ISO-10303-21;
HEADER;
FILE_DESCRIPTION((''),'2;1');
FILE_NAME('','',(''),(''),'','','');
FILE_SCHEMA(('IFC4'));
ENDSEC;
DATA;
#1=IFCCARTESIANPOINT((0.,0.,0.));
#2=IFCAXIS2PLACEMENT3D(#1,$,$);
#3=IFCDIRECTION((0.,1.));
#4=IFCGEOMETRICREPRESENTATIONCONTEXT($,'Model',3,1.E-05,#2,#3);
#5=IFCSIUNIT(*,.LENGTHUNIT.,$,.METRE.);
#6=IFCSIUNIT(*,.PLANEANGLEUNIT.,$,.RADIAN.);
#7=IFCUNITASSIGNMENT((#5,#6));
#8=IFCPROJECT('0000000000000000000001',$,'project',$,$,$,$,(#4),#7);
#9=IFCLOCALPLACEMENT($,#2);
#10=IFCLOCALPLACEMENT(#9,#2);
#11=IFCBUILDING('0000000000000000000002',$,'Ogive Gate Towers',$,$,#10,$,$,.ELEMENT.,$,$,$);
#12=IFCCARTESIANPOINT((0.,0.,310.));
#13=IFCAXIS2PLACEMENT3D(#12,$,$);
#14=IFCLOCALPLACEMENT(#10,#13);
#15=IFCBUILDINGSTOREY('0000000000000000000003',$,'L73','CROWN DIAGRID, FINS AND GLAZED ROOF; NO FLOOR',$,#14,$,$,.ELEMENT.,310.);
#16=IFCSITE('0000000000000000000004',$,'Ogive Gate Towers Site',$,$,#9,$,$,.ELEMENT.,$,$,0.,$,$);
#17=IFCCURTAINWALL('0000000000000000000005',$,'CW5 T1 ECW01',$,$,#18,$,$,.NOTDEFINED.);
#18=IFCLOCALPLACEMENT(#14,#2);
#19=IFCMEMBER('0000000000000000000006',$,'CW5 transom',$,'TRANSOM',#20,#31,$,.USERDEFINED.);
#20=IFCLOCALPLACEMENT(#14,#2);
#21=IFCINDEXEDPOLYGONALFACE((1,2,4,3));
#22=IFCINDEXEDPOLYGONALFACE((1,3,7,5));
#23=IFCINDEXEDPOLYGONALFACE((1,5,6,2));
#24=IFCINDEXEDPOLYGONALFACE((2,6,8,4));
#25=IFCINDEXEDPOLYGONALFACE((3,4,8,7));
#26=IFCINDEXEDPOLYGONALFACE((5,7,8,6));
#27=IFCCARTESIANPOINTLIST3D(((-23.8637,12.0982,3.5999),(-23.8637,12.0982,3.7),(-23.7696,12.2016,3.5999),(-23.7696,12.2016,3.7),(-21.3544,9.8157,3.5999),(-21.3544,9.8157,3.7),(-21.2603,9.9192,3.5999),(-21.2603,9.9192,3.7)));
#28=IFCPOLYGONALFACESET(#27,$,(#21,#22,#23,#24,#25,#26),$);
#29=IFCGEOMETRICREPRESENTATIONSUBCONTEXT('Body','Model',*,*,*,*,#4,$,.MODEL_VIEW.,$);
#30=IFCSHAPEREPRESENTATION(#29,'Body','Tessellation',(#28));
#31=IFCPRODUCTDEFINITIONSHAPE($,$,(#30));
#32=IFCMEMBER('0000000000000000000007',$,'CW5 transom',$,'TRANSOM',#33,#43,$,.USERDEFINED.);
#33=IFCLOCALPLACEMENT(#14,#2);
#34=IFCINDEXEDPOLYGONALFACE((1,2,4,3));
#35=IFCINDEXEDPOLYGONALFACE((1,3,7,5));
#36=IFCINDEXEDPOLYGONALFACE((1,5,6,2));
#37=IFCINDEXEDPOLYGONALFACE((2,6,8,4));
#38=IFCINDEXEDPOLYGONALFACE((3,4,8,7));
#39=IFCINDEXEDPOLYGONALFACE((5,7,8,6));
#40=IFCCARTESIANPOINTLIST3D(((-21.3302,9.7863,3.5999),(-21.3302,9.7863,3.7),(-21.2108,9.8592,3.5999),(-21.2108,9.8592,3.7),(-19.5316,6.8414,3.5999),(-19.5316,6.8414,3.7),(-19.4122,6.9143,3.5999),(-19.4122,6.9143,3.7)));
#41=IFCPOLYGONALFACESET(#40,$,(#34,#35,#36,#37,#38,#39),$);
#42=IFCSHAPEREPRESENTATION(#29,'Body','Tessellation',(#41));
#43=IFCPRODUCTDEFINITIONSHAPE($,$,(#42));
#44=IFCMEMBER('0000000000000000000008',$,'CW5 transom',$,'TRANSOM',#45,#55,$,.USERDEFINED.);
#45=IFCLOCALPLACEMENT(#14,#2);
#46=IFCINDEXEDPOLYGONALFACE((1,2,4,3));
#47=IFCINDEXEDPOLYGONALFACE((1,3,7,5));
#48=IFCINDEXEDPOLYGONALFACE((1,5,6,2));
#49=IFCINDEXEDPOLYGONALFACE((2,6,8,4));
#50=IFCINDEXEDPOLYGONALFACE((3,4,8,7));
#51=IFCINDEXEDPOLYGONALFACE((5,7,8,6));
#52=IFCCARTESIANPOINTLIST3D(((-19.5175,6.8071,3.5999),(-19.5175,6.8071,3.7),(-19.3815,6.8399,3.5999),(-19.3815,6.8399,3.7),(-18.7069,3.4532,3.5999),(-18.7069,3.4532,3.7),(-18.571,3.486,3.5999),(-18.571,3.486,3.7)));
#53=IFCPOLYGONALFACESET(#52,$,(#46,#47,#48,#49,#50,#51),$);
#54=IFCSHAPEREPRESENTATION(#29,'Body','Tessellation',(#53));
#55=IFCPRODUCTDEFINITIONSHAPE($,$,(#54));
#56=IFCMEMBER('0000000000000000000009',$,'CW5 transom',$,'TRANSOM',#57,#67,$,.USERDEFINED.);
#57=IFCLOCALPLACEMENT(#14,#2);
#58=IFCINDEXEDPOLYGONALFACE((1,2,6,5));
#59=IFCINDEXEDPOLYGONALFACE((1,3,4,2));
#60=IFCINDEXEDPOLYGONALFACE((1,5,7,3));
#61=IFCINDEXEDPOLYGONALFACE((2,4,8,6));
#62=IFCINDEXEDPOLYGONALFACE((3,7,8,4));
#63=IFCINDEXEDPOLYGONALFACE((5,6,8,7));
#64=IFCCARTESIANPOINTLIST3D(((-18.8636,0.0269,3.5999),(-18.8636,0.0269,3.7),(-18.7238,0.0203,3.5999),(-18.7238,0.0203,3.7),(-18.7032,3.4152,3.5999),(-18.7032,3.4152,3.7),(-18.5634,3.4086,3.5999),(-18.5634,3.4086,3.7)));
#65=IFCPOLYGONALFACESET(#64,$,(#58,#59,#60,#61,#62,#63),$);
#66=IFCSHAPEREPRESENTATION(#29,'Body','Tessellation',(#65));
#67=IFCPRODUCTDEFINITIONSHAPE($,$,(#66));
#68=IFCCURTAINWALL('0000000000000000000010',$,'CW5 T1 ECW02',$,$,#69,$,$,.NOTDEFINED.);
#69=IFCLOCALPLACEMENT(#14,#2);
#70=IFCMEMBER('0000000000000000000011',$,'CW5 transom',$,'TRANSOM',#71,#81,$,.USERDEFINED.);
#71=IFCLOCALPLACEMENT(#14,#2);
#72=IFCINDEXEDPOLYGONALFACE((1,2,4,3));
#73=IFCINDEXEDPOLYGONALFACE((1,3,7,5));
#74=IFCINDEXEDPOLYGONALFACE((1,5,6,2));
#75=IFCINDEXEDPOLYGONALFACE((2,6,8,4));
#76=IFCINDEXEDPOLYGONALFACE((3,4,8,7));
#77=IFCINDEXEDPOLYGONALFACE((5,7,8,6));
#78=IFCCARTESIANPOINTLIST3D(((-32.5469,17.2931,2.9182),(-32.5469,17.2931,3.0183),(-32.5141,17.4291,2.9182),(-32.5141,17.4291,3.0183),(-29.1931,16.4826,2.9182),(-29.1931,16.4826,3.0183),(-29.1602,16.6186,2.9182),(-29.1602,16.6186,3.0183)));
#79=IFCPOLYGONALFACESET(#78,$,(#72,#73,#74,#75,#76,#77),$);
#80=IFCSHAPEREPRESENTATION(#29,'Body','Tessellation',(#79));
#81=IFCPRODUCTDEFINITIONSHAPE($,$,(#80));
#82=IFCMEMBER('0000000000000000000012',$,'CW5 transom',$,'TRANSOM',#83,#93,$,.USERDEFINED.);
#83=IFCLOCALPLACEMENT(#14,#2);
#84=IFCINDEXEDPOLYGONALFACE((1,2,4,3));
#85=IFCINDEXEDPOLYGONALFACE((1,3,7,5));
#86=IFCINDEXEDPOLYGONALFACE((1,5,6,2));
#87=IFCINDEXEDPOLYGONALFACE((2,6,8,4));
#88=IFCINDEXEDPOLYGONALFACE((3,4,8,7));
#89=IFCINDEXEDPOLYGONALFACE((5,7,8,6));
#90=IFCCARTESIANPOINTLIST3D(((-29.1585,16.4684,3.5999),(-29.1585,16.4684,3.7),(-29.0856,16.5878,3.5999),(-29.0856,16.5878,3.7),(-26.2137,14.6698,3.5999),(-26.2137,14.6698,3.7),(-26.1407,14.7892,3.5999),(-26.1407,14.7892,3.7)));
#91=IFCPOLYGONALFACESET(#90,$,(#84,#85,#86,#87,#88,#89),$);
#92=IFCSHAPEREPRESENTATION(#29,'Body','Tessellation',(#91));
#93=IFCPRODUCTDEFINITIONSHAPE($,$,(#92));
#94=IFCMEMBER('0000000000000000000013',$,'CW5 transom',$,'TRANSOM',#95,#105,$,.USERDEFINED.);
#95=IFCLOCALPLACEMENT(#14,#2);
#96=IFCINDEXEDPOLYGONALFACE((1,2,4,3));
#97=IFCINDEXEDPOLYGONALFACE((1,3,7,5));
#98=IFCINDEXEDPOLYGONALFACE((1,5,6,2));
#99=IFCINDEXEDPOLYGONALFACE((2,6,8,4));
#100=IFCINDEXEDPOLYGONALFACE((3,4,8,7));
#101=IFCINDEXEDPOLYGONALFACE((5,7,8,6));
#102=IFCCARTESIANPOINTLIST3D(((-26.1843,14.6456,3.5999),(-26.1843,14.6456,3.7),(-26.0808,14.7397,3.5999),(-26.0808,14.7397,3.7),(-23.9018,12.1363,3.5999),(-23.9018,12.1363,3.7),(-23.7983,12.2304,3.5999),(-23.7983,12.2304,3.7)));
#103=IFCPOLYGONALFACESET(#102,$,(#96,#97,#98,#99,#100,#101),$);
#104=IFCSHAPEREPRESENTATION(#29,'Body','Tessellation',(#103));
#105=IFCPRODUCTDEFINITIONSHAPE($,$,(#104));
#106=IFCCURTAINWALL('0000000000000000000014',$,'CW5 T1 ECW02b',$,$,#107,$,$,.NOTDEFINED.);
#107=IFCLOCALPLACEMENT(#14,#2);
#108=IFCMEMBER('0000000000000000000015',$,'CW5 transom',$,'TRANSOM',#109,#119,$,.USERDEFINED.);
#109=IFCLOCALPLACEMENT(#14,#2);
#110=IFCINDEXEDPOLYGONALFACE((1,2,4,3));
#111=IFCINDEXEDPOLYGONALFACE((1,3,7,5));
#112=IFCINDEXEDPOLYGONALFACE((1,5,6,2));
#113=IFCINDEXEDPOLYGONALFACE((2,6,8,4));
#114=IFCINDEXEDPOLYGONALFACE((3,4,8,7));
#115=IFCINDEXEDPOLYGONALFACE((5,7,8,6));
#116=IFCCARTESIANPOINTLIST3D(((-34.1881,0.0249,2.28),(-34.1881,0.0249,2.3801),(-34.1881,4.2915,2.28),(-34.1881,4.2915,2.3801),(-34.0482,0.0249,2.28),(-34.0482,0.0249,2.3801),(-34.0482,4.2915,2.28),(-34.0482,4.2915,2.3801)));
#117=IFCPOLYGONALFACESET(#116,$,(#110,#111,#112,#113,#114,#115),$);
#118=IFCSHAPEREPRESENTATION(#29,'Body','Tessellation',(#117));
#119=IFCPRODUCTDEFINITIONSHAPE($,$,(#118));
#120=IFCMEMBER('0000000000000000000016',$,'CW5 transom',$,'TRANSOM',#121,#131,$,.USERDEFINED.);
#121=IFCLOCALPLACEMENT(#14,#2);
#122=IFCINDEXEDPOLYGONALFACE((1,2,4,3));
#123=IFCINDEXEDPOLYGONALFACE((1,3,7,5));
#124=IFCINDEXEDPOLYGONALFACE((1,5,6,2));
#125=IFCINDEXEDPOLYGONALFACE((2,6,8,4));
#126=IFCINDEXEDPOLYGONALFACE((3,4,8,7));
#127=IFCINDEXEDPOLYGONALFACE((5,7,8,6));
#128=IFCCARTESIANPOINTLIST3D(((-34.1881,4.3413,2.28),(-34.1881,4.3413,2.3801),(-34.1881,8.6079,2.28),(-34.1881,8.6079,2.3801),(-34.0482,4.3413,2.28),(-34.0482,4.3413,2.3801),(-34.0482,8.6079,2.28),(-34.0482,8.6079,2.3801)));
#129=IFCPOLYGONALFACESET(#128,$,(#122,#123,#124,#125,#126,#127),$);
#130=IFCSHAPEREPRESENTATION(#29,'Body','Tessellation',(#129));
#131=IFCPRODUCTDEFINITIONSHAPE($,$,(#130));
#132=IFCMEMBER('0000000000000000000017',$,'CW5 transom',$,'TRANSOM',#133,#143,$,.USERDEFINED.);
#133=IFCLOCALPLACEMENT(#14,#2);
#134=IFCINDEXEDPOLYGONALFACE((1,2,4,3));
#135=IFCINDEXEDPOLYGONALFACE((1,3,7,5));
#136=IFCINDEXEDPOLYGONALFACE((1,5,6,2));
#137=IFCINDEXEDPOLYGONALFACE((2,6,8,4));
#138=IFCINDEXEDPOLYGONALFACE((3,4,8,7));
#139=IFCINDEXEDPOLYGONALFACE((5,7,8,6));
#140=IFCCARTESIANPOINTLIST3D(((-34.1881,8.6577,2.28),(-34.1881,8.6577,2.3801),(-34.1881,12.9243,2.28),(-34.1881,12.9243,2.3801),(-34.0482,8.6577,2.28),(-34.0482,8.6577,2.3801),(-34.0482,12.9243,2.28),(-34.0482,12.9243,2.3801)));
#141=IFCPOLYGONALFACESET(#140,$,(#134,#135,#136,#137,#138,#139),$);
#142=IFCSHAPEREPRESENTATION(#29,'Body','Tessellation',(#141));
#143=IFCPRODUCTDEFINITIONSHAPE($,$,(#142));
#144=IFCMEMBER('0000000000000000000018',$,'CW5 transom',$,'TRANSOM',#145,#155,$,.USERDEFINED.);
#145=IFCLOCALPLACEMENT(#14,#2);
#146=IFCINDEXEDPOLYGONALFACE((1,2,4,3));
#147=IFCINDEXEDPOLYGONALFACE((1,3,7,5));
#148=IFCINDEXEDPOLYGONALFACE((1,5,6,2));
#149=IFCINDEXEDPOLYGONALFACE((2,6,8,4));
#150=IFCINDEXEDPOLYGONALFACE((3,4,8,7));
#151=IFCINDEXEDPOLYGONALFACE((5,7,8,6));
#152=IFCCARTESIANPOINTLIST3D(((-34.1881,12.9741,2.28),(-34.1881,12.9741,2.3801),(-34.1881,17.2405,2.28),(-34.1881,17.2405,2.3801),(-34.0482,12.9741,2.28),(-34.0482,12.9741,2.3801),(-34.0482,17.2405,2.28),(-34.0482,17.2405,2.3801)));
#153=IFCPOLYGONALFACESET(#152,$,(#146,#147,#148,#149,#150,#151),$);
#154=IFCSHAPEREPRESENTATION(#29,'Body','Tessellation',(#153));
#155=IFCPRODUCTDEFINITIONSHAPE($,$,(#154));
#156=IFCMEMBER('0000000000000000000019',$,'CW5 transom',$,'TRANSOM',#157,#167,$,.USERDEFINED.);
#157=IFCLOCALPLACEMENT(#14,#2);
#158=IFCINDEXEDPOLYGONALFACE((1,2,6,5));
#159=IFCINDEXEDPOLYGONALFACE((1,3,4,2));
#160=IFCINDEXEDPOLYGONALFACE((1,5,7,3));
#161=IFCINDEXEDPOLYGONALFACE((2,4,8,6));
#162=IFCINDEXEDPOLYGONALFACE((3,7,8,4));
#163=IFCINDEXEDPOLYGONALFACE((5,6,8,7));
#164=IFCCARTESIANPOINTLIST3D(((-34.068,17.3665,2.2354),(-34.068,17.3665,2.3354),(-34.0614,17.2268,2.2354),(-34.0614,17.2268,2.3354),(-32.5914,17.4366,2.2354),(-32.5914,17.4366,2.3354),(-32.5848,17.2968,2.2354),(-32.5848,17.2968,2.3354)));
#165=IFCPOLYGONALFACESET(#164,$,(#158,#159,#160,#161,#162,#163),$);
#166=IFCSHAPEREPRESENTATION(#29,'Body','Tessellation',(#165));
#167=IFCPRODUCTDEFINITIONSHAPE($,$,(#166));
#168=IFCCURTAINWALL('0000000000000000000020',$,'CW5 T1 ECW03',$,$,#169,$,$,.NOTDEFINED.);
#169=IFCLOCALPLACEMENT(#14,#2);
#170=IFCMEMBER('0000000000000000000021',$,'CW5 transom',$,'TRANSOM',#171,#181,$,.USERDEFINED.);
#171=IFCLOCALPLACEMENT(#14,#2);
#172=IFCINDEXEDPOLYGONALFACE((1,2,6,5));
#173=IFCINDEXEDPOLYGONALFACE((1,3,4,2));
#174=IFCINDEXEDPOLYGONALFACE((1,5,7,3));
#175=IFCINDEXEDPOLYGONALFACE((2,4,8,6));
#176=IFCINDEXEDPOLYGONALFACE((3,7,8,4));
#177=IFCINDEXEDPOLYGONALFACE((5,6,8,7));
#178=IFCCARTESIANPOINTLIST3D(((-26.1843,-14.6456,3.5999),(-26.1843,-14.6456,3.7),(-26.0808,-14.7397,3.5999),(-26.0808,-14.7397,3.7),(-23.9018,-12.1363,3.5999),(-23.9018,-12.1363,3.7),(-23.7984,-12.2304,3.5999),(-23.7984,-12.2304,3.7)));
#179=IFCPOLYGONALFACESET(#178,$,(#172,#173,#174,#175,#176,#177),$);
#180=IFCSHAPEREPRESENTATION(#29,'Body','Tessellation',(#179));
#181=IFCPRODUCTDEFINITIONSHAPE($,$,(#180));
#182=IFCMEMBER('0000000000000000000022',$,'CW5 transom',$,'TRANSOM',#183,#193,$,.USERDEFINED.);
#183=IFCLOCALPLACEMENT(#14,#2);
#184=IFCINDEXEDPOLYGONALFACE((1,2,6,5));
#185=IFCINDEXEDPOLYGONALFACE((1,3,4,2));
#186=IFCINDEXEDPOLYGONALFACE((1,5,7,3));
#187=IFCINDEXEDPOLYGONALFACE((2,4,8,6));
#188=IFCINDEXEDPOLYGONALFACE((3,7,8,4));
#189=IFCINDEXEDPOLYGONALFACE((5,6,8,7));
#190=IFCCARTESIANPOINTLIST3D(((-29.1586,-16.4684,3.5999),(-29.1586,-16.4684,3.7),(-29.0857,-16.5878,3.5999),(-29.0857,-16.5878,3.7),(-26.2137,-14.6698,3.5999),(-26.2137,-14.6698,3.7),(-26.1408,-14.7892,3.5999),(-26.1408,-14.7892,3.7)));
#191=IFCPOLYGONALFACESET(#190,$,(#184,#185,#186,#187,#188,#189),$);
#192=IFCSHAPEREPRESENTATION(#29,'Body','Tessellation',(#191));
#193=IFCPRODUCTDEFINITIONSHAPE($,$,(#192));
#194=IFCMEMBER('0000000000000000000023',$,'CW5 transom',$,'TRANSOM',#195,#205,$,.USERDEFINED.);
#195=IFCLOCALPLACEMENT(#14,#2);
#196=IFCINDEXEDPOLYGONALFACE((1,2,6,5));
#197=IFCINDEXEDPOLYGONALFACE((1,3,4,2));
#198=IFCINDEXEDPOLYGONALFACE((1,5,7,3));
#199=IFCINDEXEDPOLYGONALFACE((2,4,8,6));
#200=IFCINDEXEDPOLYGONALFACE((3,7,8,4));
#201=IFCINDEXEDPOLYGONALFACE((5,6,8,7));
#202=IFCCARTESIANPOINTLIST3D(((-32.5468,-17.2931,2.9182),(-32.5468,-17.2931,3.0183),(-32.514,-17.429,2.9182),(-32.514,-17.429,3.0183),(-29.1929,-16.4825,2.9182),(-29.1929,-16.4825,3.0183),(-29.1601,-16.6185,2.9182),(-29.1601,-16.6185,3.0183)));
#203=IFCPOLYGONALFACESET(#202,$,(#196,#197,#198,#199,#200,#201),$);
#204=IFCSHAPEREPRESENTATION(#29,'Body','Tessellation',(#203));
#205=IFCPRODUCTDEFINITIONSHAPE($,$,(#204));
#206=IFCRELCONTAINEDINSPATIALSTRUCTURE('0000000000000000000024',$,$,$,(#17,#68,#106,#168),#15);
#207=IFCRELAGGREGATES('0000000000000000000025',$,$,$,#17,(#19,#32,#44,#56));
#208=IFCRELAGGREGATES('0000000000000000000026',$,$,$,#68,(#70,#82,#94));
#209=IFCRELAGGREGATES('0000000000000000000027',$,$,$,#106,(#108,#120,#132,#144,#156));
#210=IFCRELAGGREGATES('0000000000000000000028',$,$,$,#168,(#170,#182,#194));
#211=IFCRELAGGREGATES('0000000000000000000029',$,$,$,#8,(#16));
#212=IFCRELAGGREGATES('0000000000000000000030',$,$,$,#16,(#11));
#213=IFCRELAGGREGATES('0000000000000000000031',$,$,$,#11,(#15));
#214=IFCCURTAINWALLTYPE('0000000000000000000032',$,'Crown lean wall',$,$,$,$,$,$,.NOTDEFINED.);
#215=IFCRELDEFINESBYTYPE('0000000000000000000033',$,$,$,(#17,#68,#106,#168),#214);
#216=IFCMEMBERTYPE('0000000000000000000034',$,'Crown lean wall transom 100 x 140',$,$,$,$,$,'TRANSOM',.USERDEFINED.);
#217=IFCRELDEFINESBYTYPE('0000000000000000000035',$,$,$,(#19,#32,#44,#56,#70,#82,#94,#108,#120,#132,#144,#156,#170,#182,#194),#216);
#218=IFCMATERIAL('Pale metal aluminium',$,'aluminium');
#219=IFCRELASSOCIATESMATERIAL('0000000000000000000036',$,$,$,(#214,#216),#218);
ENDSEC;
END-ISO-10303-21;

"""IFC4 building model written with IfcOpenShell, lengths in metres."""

from ifc_helpers import new_model, si_unit, direction, frame, origin, origin_2d, place, context, subcontext, project, spatial, rectangle, extrude, material, material_profile, profile_set, type_object, element, aggregate, save


model = new_model("IFC4")

# Units and contexts
model_context = context("Model", 3, precision=1e-05, world=origin(), true_north=direction((0.0, 1.0)))
body_context = subcontext(model_context, "Body", "Model", "MODEL_VIEW")
ifc_project = project(units=[si_unit("LENGTHUNIT", "METRE"), si_unit("PLANEANGLEUNIT", "RADIAN")], contexts=[model_context])

# Site, building, storey
site_placement = place(None, origin())
site = spatial("IfcSite", under=ifc_project, at=site_placement, Name="Ogive Gate Towers Site", CompositionType="ELEMENT", RefElevation=0.0)
building_placement = place(site_placement, origin())
building = spatial("IfcBuilding", under=site, at=building_placement, Name="Ogive Gate Towers", CompositionType="ELEMENT")
storey_placement = place(building_placement, frame((0.0, 0.0, 310.0)))
storey = spatial("IfcBuildingStorey", under=building, at=storey_placement, Name="L73", Description="CROWN DIAGRID, FINS AND GLAZED ROOF; NO FLOOR", CompositionType="ELEMENT", Elevation=310.0)

# Curtain walls, members
ifc_material_1 = material(Name="Pale metal aluminium", Category="aluminium")
curtain_wall_type = type_object("IfcCurtainWallType", Name="Crown lean wall", PredefinedType="NOTDEFINED", material=ifc_material_1)
curtain_wall_1_placement = place(storey_placement, origin())
curtain_wall_1 = element("IfcCurtainWall", 1, at=curtain_wall_1_placement, inside=storey, type_object=curtain_wall_type, Name="CW5 T1 ECW01", PredefinedType="NOTDEFINED")
ifc_material_profile_1 = material_profile(ifc_material_1, rectangle(XDim=0.1399, YDim=0.1001, at=origin_2d()), Name="100 x 140 aluminium box")
ifc_profile_set_1 = profile_set([ifc_material_profile_1], Name="Pale metal aluminium")
member_type = type_object("IfcMemberType", Name="Crown lean wall transom 100 x 140", ElementType="TRANSOM", PredefinedType="USERDEFINED", material=ifc_profile_set_1)
member_1_placement = place(storey_placement, frame((-23.8167, 12.1499, 3.6499), z_axis=(0.739748, -0.672884, 0.0), x_axis=(0.672884, 0.739748, 0.0)))
member_1 = element("IfcMember", 2, at=member_1_placement, type_object=member_type, Name="CW5 transom", ObjectType="TRANSOM", PredefinedType="USERDEFINED", context=body_context, shape_type="SweptSolid", body=[
    extrude(rectangle(XDim=0.1399, YDim=0.1001, at=origin_2d()), origin(), (0.0, 0.0, 1.0), 3.3921),
])
member_2_placement = place(storey_placement, frame((-21.2705, 9.8228, 3.6499), z_axis=(0.521232, -0.853415, 0.0), x_axis=(0.853415, 0.521232, 0.0)))
member_2 = element("IfcMember", 3, at=member_2_placement, type_object=member_type, Name="CW5 transom", ObjectType="TRANSOM", PredefinedType="USERDEFINED", context=body_context, shape_type="SweptSolid", body=[
    extrude(rectangle(XDim=0.1399, YDim=0.1001, at=origin_2d()), origin(), (0.0, 0.0, 1.0), 3.4507),
])
member_3_placement = place(storey_placement, frame((-19.4495, 6.8235, 3.6499), z_axis=(0.234903, -0.972019, 0.0), x_axis=(0.972019, 0.234903, 0.0)))
member_3 = element("IfcMember", 4, at=member_3_placement, type_object=member_type, Name="CW5 transom", ObjectType="TRANSOM", PredefinedType="USERDEFINED", context=body_context, shape_type="SweptSolid", body=[
    extrude(rectangle(XDim=0.1399, YDim=0.1001, at=origin_2d()), origin(), (0.0, 0.0, 1.0), 3.4504),
])
member_4_placement = place(storey_placement, frame((-18.6333, 3.4119, 3.6499), z_axis=(-0.047288, -0.998881, 0.0), x_axis=(0.998881, -0.047288, 0.0)))
member_4 = element("IfcMember", 5, at=member_4_placement, type_object=member_type, Name="CW5 transom", ObjectType="TRANSOM", PredefinedType="USERDEFINED", context=body_context, shape_type="SweptSolid", body=[
    extrude(rectangle(XDim=0.1399, YDim=0.1001, at=origin_2d()), origin(), (0.0, 0.0, 1.0), 3.3921),
])
aggregate(curtain_wall_1, [member_1, member_2, member_3, member_4])
curtain_wall_2_placement = place(storey_placement, origin())
curtain_wall_2 = element("IfcCurtainWall", 6, at=curtain_wall_2_placement, inside=storey, type_object=curtain_wall_type, Name="CW5 T1 ECW02", PredefinedType="NOTDEFINED")
member_5_placement = place(storey_placement, frame((-32.5305, 17.3611, 2.9683), z_axis=(0.972019, -0.234903, 0.0), x_axis=(0.234903, 0.972019, 0.0)))
member_5 = element("IfcMember", 7, at=member_5_placement, type_object=member_type, Name="CW5 transom", ObjectType="TRANSOM", PredefinedType="USERDEFINED", context=body_context, shape_type="SweptSolid", body=[
    extrude(rectangle(XDim=0.1399, YDim=0.1001, at=origin_2d()), origin(), (0.0, 0.0, 1.0), 3.4504),
])
member_6_placement = place(storey_placement, frame((-29.1221, 16.5281, 3.6499), z_axis=(0.853415, -0.521232, 0.0), x_axis=(0.521232, 0.853415, 0.0)))
member_6 = element("IfcMember", 8, at=member_6_placement, type_object=member_type, Name="CW5 transom", ObjectType="TRANSOM", PredefinedType="USERDEFINED", context=body_context, shape_type="SweptSolid", body=[
    extrude(rectangle(XDim=0.1399, YDim=0.1001, at=origin_2d()), origin(), (0.0, 0.0, 1.0), 3.4507),
])
member_7_placement = place(storey_placement, frame((-26.1326, 14.6926, 3.6499), z_axis=(0.672884, -0.739748, 0.0), x_axis=(0.739748, 0.672884, 0.0)))
member_7 = element("IfcMember", 9, at=member_7_placement, type_object=member_type, Name="CW5 transom", ObjectType="TRANSOM", PredefinedType="USERDEFINED", context=body_context, shape_type="SweptSolid", body=[
    extrude(rectangle(XDim=0.1399, YDim=0.1001, at=origin_2d()), origin(), (0.0, 0.0, 1.0), 3.3921),
])
aggregate(curtain_wall_2, [member_5, member_6, member_7])
curtain_wall_3_placement = place(storey_placement, origin())
curtain_wall_3 = element("IfcCurtainWall", 10, at=curtain_wall_3_placement, inside=storey, type_object=curtain_wall_type, Name="CW5 T1 ECW02b", PredefinedType="NOTDEFINED")
member_8_placement = place(storey_placement, frame((-34.1182, 0.0249, 2.3301), z_axis=(0.0, 1.0, 0.0), x_axis=(-1.0, 0.0, 0.0)))
member_8 = element("IfcMember", 11, at=member_8_placement, type_object=member_type, Name="CW5 transom", ObjectType="TRANSOM", PredefinedType="USERDEFINED", context=body_context, shape_type="SweptSolid", body=[
    extrude(rectangle(XDim=0.1399, YDim=0.1001, at=origin_2d()), origin(), (0.0, 0.0, 1.0), 4.2666),
])
member_9_placement = place(storey_placement, frame((-34.1182, 4.3413, 2.3301), z_axis=(0.0, 1.0, 0.0), x_axis=(-1.0, 0.0, 0.0)))
member_9 = element("IfcMember", 12, at=member_9_placement, type_object=member_type, Name="CW5 transom", ObjectType="TRANSOM", PredefinedType="USERDEFINED", context=body_context, shape_type="SweptSolid", body=[
    extrude(rectangle(XDim=0.1399, YDim=0.1001, at=origin_2d()), origin(), (0.0, 0.0, 1.0), 4.2666),
])
member_10_placement = place(storey_placement, frame((-34.1182, 8.6577, 2.3301), z_axis=(0.0, 1.0, 0.0), x_axis=(-1.0, 0.0, 0.0)))
member_10 = element("IfcMember", 13, at=member_10_placement, type_object=member_type, Name="CW5 transom", ObjectType="TRANSOM", PredefinedType="USERDEFINED", context=body_context, shape_type="SweptSolid", body=[
    extrude(rectangle(XDim=0.1399, YDim=0.1001, at=origin_2d()), origin(), (0.0, 0.0, 1.0), 4.2666),
])
member_11_placement = place(storey_placement, frame((-34.1182, 12.9741, 2.3301), z_axis=(0.0, 1.0, 0.0), x_axis=(-1.0, 0.0, 0.0)))
member_11 = element("IfcMember", 14, at=member_11_placement, type_object=member_type, Name="CW5 transom", ObjectType="TRANSOM", PredefinedType="USERDEFINED", context=body_context, shape_type="SweptSolid", body=[
    extrude(rectangle(XDim=0.1399, YDim=0.1001, at=origin_2d()), origin(), (0.0, 0.0, 1.0), 4.2664),
])
member_12_placement = place(storey_placement, frame((-34.0647, 17.2966, 2.2854), z_axis=(0.998876, 0.0474, 0.0), x_axis=(-0.0474, 0.998876, 0.0)))
member_12 = element("IfcMember", 15, at=member_12_placement, type_object=member_type, Name="CW5 transom", ObjectType="TRANSOM", PredefinedType="USERDEFINED", context=body_context, shape_type="SweptSolid", body=[
    extrude(rectangle(XDim=0.1399, YDim=0.1001, at=origin_2d()), origin(), (0.0, 0.0, 1.0), 1.4783),
])
aggregate(curtain_wall_3, [member_8, member_9, member_10, member_11, member_12])
curtain_wall_4_placement = place(storey_placement, origin())
curtain_wall_4 = element("IfcCurtainWall", 16, at=curtain_wall_4_placement, inside=storey, type_object=curtain_wall_type, Name="CW5 T1 ECW03", PredefinedType="NOTDEFINED")
member_13_placement = place(storey_placement, frame((-23.8501, -12.1833, 3.6499), z_axis=(-0.672884, -0.739748, 0.0), x_axis=(0.739748, -0.672884, 0.0)))
member_13 = element("IfcMember", 17, at=member_13_placement, type_object=member_type, Name="CW5 transom", ObjectType="TRANSOM", PredefinedType="USERDEFINED", context=body_context, shape_type="SweptSolid", body=[
    extrude(rectangle(XDim=0.1399, YDim=0.1001, at=origin_2d()), origin(), (0.0, 0.0, 1.0), 3.3921),
])
member_14_placement = place(storey_placement, frame((-26.1772, -14.7295, 3.6499), z_axis=(-0.853415, -0.521232, 0.0), x_axis=(0.521232, -0.853415, 0.0)))
member_14 = element("IfcMember", 18, at=member_14_placement, type_object=member_type, Name="CW5 transom", ObjectType="TRANSOM", PredefinedType="USERDEFINED", context=body_context, shape_type="SweptSolid", body=[
    extrude(rectangle(XDim=0.1399, YDim=0.1001, at=origin_2d()), origin(), (0.0, 0.0, 1.0), 3.4507),
])
member_15_placement = place(storey_placement, frame((-29.1765, -16.5505, 2.9683), z_axis=(-0.972019, -0.234903, 0.0), x_axis=(0.234903, -0.972019, 0.0)))
member_15 = element("IfcMember", 19, at=member_15_placement, type_object=member_type, Name="CW5 transom", ObjectType="TRANSOM", PredefinedType="USERDEFINED", context=body_context, shape_type="SweptSolid", body=[
    extrude(rectangle(XDim=0.1399, YDim=0.1001, at=origin_2d()), origin(), (0.0, 0.0, 1.0), 3.4504),
])
aggregate(curtain_wall_4, [member_13, member_14, member_15])

save(model, "model.ifc")
